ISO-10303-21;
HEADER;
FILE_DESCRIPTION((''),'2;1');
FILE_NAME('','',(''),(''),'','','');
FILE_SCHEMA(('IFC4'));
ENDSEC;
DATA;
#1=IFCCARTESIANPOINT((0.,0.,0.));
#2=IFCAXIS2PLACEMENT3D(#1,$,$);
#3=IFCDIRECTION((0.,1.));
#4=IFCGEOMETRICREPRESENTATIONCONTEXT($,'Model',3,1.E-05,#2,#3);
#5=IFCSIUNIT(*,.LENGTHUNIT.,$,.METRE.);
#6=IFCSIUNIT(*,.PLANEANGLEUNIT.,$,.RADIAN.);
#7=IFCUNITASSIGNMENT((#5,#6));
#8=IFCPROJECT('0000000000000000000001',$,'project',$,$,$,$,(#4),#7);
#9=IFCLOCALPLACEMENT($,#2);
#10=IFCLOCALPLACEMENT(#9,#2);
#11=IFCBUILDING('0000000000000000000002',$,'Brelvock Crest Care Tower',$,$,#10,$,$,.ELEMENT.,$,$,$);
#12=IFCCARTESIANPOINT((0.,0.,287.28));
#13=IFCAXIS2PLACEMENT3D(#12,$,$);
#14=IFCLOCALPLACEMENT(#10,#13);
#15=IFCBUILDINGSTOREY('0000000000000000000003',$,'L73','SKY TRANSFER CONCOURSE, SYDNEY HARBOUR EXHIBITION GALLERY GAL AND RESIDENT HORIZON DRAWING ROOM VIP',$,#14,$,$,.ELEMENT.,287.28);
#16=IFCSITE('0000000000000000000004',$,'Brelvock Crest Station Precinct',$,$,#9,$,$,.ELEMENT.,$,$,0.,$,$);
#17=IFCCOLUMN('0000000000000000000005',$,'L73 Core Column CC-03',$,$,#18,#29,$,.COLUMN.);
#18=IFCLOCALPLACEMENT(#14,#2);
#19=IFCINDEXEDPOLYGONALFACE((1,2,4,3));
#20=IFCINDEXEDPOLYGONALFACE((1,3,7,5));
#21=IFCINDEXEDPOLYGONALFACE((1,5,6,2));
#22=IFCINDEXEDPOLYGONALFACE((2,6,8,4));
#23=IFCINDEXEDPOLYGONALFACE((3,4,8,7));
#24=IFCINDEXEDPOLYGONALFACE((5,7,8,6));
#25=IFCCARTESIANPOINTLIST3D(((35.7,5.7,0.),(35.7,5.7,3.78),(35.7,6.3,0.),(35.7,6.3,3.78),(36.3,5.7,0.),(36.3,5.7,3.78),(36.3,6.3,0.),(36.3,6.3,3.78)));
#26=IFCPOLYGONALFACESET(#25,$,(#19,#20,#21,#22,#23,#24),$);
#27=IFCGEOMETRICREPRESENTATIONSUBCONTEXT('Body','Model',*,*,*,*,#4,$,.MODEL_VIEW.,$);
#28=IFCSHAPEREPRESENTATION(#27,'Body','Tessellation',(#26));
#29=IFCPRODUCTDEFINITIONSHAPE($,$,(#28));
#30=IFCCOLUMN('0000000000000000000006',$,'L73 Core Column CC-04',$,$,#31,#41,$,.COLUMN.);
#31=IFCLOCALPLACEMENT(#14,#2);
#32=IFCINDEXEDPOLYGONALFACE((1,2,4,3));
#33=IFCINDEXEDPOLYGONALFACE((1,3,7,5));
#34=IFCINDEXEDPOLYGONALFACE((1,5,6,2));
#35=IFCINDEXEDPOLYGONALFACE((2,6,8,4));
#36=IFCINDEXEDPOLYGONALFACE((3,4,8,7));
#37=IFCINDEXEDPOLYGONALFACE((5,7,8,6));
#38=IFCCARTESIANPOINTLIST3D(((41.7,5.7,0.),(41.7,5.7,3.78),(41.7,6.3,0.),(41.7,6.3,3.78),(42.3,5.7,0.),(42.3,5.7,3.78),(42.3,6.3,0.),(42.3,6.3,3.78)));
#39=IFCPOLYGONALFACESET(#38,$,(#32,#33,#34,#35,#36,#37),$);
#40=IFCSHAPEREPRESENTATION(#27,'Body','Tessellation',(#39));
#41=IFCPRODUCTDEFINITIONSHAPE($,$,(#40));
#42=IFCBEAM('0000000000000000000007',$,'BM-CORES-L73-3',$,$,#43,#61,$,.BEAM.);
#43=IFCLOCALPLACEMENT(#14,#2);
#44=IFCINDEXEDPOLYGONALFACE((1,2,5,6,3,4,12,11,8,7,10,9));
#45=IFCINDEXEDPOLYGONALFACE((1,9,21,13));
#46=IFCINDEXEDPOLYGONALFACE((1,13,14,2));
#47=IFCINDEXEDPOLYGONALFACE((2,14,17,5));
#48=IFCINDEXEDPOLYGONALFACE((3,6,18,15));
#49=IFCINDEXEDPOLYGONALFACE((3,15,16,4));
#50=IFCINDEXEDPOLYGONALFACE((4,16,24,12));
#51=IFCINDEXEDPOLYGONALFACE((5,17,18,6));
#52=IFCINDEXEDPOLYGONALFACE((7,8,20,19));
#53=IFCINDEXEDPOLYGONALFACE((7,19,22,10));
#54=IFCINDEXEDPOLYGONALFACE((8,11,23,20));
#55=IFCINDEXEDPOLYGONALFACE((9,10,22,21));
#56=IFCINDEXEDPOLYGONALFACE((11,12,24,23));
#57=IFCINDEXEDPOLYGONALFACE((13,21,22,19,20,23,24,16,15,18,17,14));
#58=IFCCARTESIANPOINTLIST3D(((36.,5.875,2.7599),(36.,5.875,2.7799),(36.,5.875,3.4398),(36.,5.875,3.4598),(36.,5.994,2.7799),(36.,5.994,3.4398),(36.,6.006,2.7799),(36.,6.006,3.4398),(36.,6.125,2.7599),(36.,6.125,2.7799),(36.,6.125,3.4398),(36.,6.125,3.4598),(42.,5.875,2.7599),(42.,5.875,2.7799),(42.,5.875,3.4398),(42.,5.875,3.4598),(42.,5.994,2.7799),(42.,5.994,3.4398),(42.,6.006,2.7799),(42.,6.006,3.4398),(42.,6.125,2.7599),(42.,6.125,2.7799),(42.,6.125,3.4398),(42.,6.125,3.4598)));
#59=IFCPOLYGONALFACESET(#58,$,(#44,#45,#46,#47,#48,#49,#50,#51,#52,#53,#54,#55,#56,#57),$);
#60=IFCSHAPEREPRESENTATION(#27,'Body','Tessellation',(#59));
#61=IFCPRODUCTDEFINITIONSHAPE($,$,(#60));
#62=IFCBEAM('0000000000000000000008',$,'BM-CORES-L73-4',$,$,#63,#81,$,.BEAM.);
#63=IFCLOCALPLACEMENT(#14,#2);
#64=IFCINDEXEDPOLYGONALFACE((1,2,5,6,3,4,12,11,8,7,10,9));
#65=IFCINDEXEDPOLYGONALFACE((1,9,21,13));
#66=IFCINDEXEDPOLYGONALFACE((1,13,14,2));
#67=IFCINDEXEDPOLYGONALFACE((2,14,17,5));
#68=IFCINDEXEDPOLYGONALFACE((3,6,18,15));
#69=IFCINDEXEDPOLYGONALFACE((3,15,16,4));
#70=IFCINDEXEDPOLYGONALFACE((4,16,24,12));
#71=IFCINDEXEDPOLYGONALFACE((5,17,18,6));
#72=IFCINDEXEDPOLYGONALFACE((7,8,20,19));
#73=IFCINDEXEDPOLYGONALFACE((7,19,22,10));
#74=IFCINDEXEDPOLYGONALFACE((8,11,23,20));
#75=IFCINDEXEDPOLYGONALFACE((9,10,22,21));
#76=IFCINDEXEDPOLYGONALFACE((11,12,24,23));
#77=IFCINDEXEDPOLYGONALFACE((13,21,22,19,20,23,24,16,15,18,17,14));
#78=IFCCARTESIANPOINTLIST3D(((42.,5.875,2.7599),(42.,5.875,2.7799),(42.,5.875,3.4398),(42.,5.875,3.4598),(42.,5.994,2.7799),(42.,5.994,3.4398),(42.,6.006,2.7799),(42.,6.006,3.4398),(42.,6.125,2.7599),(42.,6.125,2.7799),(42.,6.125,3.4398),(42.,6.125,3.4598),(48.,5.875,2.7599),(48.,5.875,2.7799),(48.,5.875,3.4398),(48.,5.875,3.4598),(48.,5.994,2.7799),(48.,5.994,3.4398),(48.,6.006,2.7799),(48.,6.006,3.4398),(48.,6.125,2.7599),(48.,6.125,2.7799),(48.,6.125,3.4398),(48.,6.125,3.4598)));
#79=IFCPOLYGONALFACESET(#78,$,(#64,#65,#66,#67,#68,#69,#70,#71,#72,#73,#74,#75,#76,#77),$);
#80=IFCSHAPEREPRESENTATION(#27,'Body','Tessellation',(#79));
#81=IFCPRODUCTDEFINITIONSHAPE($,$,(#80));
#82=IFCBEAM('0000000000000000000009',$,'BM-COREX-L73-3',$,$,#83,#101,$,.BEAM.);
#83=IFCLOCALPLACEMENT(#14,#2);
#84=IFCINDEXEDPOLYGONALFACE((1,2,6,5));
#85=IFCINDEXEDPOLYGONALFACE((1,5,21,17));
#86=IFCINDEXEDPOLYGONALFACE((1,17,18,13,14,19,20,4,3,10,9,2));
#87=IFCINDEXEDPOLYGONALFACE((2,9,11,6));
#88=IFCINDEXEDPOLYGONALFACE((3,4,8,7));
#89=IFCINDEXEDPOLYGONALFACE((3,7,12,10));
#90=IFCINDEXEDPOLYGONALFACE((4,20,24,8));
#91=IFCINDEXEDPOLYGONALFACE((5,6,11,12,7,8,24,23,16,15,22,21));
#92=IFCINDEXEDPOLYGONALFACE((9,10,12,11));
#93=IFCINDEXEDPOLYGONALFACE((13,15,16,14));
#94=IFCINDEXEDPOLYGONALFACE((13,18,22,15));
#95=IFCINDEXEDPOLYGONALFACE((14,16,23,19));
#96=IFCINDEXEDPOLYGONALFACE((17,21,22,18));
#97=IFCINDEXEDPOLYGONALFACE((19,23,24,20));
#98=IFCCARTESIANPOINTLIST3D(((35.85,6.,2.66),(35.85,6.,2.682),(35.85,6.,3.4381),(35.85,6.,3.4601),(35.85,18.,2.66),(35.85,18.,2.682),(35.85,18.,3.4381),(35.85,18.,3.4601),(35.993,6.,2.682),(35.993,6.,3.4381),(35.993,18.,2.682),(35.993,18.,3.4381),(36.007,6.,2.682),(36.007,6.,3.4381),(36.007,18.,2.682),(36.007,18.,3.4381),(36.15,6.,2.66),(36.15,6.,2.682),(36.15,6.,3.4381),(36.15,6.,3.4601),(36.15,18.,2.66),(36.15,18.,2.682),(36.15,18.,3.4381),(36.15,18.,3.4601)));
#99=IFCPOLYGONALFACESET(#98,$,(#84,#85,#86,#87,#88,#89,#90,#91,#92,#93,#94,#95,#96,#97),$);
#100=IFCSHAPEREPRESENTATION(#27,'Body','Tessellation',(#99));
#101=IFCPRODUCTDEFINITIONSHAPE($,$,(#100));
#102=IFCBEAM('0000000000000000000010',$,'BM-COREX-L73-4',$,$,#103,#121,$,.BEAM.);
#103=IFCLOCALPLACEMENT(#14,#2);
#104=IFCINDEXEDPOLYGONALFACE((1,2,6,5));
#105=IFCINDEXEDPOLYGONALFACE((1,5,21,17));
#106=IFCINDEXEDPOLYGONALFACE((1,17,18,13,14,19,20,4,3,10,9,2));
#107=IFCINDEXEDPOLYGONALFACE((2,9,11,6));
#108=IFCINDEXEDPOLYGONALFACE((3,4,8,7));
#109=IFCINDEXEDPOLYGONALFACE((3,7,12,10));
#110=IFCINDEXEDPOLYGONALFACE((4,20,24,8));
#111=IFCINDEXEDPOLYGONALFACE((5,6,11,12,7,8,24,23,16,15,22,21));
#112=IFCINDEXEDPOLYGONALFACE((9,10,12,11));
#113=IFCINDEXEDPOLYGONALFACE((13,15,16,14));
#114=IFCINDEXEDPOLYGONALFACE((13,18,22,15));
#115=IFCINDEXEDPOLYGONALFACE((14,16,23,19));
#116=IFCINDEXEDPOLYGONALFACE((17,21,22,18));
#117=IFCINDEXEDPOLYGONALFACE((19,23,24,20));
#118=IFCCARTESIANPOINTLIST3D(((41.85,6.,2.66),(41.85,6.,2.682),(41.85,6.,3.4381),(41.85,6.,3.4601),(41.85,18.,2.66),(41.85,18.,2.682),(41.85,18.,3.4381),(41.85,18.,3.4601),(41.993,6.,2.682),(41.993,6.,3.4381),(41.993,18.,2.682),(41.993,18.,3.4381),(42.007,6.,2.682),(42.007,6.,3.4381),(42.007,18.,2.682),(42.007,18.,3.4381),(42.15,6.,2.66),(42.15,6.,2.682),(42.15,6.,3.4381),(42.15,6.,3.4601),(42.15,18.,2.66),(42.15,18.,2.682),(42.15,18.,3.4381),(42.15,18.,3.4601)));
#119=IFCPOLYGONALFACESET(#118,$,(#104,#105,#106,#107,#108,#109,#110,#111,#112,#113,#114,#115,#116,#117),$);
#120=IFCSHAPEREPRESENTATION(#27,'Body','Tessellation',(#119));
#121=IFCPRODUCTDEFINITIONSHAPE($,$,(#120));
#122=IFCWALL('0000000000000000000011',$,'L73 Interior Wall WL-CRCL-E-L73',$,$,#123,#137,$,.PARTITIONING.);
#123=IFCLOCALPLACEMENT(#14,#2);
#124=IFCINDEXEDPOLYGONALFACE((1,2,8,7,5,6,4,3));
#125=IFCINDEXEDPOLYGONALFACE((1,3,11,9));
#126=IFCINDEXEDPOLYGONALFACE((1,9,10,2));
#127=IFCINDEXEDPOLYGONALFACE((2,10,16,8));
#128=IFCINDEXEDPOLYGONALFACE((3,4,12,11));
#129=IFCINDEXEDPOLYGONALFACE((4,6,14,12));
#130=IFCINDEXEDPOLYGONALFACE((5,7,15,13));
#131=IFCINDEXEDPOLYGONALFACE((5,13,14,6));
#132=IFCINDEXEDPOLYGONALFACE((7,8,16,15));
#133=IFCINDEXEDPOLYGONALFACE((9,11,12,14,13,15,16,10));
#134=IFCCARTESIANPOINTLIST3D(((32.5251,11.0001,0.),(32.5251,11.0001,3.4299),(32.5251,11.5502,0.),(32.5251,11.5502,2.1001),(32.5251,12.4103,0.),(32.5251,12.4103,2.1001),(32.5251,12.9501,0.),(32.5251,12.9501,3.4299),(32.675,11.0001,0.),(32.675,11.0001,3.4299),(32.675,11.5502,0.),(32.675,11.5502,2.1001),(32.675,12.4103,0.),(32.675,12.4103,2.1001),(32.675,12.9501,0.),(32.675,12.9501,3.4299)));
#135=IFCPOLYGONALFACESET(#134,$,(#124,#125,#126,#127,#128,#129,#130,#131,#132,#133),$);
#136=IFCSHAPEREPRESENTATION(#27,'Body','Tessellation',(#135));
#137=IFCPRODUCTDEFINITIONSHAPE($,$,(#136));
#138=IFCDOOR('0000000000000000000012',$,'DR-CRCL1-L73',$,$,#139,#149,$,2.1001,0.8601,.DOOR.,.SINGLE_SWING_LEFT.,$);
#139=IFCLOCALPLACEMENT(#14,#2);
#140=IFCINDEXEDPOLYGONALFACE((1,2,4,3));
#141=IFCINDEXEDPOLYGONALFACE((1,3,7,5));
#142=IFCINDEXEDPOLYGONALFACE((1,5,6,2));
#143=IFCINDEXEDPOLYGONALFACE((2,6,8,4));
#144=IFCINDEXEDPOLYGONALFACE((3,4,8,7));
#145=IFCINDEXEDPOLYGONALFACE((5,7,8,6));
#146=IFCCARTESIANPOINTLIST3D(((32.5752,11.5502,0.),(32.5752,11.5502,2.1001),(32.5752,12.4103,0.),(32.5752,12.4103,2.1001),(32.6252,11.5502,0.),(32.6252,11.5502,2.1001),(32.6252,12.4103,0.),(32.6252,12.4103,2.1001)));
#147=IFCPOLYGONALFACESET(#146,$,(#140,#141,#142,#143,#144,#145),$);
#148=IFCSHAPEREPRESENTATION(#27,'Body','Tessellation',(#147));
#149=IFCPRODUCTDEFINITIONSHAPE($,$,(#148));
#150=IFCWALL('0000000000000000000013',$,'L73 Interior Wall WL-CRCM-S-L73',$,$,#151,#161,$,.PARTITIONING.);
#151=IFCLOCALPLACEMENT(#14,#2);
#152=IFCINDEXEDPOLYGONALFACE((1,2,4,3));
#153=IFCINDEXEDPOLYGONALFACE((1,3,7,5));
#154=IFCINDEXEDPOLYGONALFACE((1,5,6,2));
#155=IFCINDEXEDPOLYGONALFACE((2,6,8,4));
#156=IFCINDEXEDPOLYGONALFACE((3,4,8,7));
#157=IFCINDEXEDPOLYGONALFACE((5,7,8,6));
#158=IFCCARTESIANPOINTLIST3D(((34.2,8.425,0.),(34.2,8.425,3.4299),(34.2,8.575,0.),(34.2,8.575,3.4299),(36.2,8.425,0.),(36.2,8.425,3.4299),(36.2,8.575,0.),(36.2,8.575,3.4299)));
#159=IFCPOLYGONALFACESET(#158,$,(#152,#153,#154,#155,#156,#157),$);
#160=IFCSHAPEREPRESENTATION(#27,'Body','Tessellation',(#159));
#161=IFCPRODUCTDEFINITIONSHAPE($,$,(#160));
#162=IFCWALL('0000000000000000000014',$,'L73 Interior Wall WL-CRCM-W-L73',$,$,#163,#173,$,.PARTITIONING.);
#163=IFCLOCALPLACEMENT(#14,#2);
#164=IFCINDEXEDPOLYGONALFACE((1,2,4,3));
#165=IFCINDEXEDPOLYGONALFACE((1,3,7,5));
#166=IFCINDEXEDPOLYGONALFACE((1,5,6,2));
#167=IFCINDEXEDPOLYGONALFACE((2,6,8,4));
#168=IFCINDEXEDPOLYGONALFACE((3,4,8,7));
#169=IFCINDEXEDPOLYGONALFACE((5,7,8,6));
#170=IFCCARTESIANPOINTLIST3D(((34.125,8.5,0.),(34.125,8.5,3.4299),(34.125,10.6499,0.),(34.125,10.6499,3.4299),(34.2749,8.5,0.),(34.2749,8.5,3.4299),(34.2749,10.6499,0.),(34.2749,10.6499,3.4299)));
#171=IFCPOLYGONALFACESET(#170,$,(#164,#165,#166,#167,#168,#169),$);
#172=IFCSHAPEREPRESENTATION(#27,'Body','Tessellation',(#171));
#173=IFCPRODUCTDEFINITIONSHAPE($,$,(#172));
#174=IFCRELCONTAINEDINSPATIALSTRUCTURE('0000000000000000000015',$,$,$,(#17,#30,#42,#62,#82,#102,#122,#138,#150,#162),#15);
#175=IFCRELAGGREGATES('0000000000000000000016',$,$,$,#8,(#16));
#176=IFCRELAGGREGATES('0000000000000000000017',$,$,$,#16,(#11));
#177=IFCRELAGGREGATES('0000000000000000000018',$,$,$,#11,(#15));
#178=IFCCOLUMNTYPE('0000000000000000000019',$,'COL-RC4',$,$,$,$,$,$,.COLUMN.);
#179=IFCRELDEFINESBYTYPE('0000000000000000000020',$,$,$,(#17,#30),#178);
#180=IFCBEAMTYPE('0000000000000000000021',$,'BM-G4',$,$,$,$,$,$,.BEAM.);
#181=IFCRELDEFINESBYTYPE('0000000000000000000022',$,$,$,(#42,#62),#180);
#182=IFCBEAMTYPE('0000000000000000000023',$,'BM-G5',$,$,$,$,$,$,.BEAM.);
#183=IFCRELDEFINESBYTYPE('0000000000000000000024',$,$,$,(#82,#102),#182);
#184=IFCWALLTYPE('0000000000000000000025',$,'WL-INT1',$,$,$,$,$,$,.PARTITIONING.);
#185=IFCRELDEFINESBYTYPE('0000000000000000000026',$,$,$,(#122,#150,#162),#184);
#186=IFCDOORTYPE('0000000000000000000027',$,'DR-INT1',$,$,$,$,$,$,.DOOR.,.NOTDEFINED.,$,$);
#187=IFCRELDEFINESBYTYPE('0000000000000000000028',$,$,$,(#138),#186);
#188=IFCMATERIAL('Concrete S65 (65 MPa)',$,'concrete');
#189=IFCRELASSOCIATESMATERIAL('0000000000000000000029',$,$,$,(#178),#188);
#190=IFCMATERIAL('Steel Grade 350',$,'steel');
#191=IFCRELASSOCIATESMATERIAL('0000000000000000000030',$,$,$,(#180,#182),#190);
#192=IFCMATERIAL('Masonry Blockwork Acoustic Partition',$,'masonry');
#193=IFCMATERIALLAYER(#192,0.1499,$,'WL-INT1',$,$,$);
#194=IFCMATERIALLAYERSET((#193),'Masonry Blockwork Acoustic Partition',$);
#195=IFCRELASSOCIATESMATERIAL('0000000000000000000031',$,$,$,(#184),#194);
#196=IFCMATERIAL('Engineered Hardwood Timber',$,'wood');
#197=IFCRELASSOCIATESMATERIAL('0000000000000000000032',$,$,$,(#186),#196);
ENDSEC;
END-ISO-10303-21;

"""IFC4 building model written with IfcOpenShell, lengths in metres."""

from ifc_helpers import new_model, si_unit, direction, frame, frame_2d, origin, origin_2d, place, context, subcontext, project, spatial, rectangle, i_section, extrude, source, transform, mapped, material, layer, layer_set, material_profile, profile_set, type_object, element, fill, save


model = new_model("IFC4")

# Units and contexts
model_context = context("Model", 3, precision=1e-05, world=origin(), true_north=direction((0.0, 1.0)))
body_context = subcontext(model_context, "Body", "Model", "MODEL_VIEW")
ifc_project = project(units=[si_unit("LENGTHUNIT", "METRE"), si_unit("PLANEANGLEUNIT", "RADIAN")], contexts=[model_context])

# Site, building, storey
site_placement = place(None, origin())
site = spatial("IfcSite", under=ifc_project, at=site_placement, Name="Brelvock Crest Station Precinct", CompositionType="ELEMENT", RefElevation=0.0)
building_placement = place(site_placement, origin())
building = spatial("IfcBuilding", under=site, at=building_placement, Name="Brelvock Crest Care Tower", CompositionType="ELEMENT")
storey_placement = place(building_placement, frame((0.0, 0.0, 287.28)))
storey = spatial("IfcBuildingStorey", under=building, at=storey_placement, Name="L73", Description="SKY TRANSFER CONCOURSE, SYDNEY HARBOUR EXHIBITION GALLERY GAL AND RESIDENT HORIZON DRAWING ROOM VIP", CompositionType="ELEMENT", Elevation=287.28)

# Columns
ifc_material_1 = material(Name="Concrete S65 (65 MPa)", Category="concrete")
ifc_material_profile_1 = material_profile(ifc_material_1, rectangle(XDim=0.6001, YDim=0.6001, at=origin_2d()), Name="RC600x600")
ifc_profile_set_1 = profile_set([ifc_material_profile_1], Name="Concrete S65 (65 MPa)")
column_type = type_object("IfcColumnType", Name="COL-RC4", PredefinedType="COLUMN", material=ifc_profile_set_1)
shared_shape_1 = source(origin(), body_context, "Body", "SweptSolid", [
    extrude(rectangle(XDim=0.6001, YDim=0.6001, at=origin_2d()), origin(), (0.0, 0.0, 1.0), 3.78),
])
for number, where, z_axis, x_axis, name in (
    (1, (36.0, 6.0, 0.0), (0.0, 0.0, 1.0), (1.0, 0.0, 0.0), "L73 Core Column CC-03"),
    (2, (42.0, 6.0, 0.0), (0.0, 0.0, 1.0), (1.0, 0.0, 0.0), "L73 Core Column CC-04"),
):
    element("IfcColumn", number, at=place(storey_placement, frame(where, z_axis=z_axis, x_axis=x_axis)), inside=storey, type_object=column_type, Name=name, PredefinedType="COLUMN", context=body_context, shape_type="MappedRepresentation", body=[
        mapped(shared_shape_1, transform((0.0, 0.0, 0.0), x_axis=(1.0, 0.0, 0.0), y_axis=(0.0, 1.0, 0.0), z_axis=(0.0, 0.0, 1.0), scale=1.0)),
    ])

# Beams
ifc_material_2 = material(Name="Steel Grade 350", Category="steel")
ifc_material_profile_2 = material_profile(ifc_material_2, i_section(OverallWidth=0.25, OverallDepth=0.7, WebThickness=0.012, FlangeThickness=0.02, at=origin_2d()), Name="700WB150")
ifc_profile_set_2 = profile_set([ifc_material_profile_2], Name="Steel Grade 350")
beam_type_1 = type_object("IfcBeamType", Name="BM-G4", PredefinedType="BEAM", material=ifc_profile_set_2)
shared_shape_2 = source(origin(), body_context, "Body", "SweptSolid", [
    extrude(i_section(OverallWidth=0.25, OverallDepth=0.7, WebThickness=0.012, FlangeThickness=0.02, at=origin_2d()), origin(), (0.0, 0.0, 1.0), 6.0),
])
for number, where, z_axis, x_axis, name in (
    (3, (36.0, 6.0, 3.1099), (1.0, 0.0, 0.0), (0.0, 1.0, 0.0), "BM-CORES-L73-3"),
    (4, (42.0, 6.0, 3.1099), (1.0, 0.0, 0.0), (0.0, 1.0, 0.0), "BM-CORES-L73-4"),
):
    element("IfcBeam", number, at=place(storey_placement, frame(where, z_axis=z_axis, x_axis=x_axis)), inside=storey, type_object=beam_type_1, Name=name, PredefinedType="BEAM", context=body_context, shape_type="MappedRepresentation", body=[
        mapped(shared_shape_2, transform((0.0, 0.0, 0.0), x_axis=(1.0, 0.0, 0.0), y_axis=(0.0, 1.0, 0.0), z_axis=(0.0, 0.0, 1.0), scale=1.0)),
    ])
ifc_material_profile_3 = material_profile(ifc_material_2, i_section(OverallWidth=0.3, OverallDepth=0.8, WebThickness=0.0139, FlangeThickness=0.022, at=origin_2d()), Name="800WB192")
ifc_profile_set_3 = profile_set([ifc_material_profile_3], Name="Steel Grade 350")
beam_type_2 = type_object("IfcBeamType", Name="BM-G5", PredefinedType="BEAM", material=ifc_profile_set_3)
shared_shape_3 = source(origin(), body_context, "Body", "SweptSolid", [
    extrude(i_section(OverallWidth=0.3, OverallDepth=0.8, WebThickness=0.0139, FlangeThickness=0.022, at=origin_2d()), origin(), (0.0, 0.0, 1.0), 12.0),
])
for number, where, z_axis, x_axis, name in (
    (5, (36.0, 6.0, 3.0601), (0.0, 1.0, 0.0), (-1.0, 0.0, 0.0), "BM-COREX-L73-3"),
    (6, (42.0, 6.0, 3.0601), (0.0, 1.0, 0.0), (-1.0, 0.0, 0.0), "BM-COREX-L73-4"),
):
    element("IfcBeam", number, at=place(storey_placement, frame(where, z_axis=z_axis, x_axis=x_axis)), inside=storey, type_object=beam_type_2, Name=name, PredefinedType="BEAM", context=body_context, shape_type="MappedRepresentation", body=[
        mapped(shared_shape_3, transform((0.0, 0.0, 0.0), x_axis=(1.0, 0.0, 0.0), y_axis=(0.0, 1.0, 0.0), z_axis=(0.0, 0.0, 1.0), scale=1.0)),
    ])

# Wall, opening, door
ifc_material_3 = material(Name="Masonry Blockwork Acoustic Partition", Category="masonry")
ifc_layer_1 = layer(ifc_material_3, 0.1499, Name="WL-INT1")
ifc_layer_set_1 = layer_set([ifc_layer_1], Name="Masonry Blockwork Acoustic Partition")
wall_type_1 = type_object("IfcWallType", Name="WL-INT1", PredefinedType="PARTITIONING", material=ifc_layer_set_1)
wall_1_placement = place(storey_placement, frame((32.6001, 11.0, 0.0), z_axis=(0.0, 0.0, 1.0), x_axis=(0.0, 1.0, 0.0)))
wall_1 = element("IfcWall", 7, at=wall_1_placement, inside=storey, type_object=wall_type_1, Name="L73 Interior Wall WL-CRCL-E-L73", PredefinedType="PARTITIONING", context=body_context, shape_type="SweptSolid", body=[
    extrude(rectangle(XDim=1.95, YDim=0.1499, at=frame_2d((0.9751, 0.0))), origin(), (0.0, 0.0, 1.0), 3.4299),
])
opening_1_placement = place(wall_1_placement, frame((0.55, 0.0, 0.0)))
opening_1 = element("IfcOpeningElement", 8, at=opening_1_placement, cuts=wall_1, PredefinedType="OPENING", context=body_context, shape_type="SweptSolid", body=[
    extrude(rectangle(XDim=0.8601, YDim=2.1001, at=origin_2d()), frame((0.4302, 0.085, 1.05), z_axis=(0.0, -1.0, 0.0), x_axis=(1.0, 0.0, 0.0)), (0.0, 0.0, 1.0), 0.1699),
])
ifc_material_4 = material(Name="Engineered Hardwood Timber", Category="wood")
door_type = type_object("IfcDoorType", Name="DR-INT1", OperationType="NOTDEFINED", PredefinedType="DOOR", material=ifc_material_4)
shared_shape_4 = source(origin(), body_context, "Body", "SweptSolid", [
    extrude(rectangle(XDim=0.8601, YDim=2.1001, at=origin_2d()), frame((0.4302, 0.0249, 1.05), z_axis=(0.0, -1.0, 0.0), x_axis=(1.0, 0.0, 0.0)), (0.0, 0.0, 1.0), 0.05),
])
door_1_placement = place(opening_1_placement, origin())
door_1 = element("IfcDoor", 9, at=door_1_placement, inside=storey, type_object=door_type, Name="DR-CRCL1-L73", OperationType="SINGLE_SWING_LEFT", OverallHeight=2.1001, OverallWidth=0.8601, PredefinedType="DOOR", context=body_context, shape_type="MappedRepresentation", body=[
    mapped(shared_shape_4, transform((0.0, 0.0, 0.0), x_axis=(1.0, 0.0, 0.0), y_axis=(0.0, 1.0, 0.0), z_axis=(0.0, 0.0, 1.0), scale=1.0)),
])
fill(opening_1, door_1)

# Walls
wall_2_placement = place(storey_placement, frame((34.2, 8.5, 0.0), z_axis=(0.0, 0.0, 1.0), x_axis=(1.0, 0.0, 0.0)))
element("IfcWall", 10, at=wall_2_placement, inside=storey, type_object=wall_type_1, Name="L73 Interior Wall WL-CRCM-S-L73", PredefinedType="PARTITIONING", context=body_context, shape_type="SweptSolid", body=[
    extrude(rectangle(XDim=2.0, YDim=0.1499, at=frame_2d((1.0, 0.0))), origin(), (0.0, 0.0, 1.0), 3.4299),
])
wall_3_placement = place(storey_placement, frame((34.2, 8.5, 0.0), z_axis=(0.0, 0.0, 1.0), x_axis=(0.0, 1.0, 0.0)))
element("IfcWall", 11, at=wall_3_placement, inside=storey, type_object=wall_type_1, Name="L73 Interior Wall WL-CRCM-W-L73", PredefinedType="PARTITIONING", context=body_context, shape_type="SweptSolid", body=[
    extrude(rectangle(XDim=2.1499, YDim=0.1499, at=frame_2d((1.075, 0.0))), origin(), (0.0, 0.0, 1.0), 3.4299),
])

save(model, "model.ifc")
